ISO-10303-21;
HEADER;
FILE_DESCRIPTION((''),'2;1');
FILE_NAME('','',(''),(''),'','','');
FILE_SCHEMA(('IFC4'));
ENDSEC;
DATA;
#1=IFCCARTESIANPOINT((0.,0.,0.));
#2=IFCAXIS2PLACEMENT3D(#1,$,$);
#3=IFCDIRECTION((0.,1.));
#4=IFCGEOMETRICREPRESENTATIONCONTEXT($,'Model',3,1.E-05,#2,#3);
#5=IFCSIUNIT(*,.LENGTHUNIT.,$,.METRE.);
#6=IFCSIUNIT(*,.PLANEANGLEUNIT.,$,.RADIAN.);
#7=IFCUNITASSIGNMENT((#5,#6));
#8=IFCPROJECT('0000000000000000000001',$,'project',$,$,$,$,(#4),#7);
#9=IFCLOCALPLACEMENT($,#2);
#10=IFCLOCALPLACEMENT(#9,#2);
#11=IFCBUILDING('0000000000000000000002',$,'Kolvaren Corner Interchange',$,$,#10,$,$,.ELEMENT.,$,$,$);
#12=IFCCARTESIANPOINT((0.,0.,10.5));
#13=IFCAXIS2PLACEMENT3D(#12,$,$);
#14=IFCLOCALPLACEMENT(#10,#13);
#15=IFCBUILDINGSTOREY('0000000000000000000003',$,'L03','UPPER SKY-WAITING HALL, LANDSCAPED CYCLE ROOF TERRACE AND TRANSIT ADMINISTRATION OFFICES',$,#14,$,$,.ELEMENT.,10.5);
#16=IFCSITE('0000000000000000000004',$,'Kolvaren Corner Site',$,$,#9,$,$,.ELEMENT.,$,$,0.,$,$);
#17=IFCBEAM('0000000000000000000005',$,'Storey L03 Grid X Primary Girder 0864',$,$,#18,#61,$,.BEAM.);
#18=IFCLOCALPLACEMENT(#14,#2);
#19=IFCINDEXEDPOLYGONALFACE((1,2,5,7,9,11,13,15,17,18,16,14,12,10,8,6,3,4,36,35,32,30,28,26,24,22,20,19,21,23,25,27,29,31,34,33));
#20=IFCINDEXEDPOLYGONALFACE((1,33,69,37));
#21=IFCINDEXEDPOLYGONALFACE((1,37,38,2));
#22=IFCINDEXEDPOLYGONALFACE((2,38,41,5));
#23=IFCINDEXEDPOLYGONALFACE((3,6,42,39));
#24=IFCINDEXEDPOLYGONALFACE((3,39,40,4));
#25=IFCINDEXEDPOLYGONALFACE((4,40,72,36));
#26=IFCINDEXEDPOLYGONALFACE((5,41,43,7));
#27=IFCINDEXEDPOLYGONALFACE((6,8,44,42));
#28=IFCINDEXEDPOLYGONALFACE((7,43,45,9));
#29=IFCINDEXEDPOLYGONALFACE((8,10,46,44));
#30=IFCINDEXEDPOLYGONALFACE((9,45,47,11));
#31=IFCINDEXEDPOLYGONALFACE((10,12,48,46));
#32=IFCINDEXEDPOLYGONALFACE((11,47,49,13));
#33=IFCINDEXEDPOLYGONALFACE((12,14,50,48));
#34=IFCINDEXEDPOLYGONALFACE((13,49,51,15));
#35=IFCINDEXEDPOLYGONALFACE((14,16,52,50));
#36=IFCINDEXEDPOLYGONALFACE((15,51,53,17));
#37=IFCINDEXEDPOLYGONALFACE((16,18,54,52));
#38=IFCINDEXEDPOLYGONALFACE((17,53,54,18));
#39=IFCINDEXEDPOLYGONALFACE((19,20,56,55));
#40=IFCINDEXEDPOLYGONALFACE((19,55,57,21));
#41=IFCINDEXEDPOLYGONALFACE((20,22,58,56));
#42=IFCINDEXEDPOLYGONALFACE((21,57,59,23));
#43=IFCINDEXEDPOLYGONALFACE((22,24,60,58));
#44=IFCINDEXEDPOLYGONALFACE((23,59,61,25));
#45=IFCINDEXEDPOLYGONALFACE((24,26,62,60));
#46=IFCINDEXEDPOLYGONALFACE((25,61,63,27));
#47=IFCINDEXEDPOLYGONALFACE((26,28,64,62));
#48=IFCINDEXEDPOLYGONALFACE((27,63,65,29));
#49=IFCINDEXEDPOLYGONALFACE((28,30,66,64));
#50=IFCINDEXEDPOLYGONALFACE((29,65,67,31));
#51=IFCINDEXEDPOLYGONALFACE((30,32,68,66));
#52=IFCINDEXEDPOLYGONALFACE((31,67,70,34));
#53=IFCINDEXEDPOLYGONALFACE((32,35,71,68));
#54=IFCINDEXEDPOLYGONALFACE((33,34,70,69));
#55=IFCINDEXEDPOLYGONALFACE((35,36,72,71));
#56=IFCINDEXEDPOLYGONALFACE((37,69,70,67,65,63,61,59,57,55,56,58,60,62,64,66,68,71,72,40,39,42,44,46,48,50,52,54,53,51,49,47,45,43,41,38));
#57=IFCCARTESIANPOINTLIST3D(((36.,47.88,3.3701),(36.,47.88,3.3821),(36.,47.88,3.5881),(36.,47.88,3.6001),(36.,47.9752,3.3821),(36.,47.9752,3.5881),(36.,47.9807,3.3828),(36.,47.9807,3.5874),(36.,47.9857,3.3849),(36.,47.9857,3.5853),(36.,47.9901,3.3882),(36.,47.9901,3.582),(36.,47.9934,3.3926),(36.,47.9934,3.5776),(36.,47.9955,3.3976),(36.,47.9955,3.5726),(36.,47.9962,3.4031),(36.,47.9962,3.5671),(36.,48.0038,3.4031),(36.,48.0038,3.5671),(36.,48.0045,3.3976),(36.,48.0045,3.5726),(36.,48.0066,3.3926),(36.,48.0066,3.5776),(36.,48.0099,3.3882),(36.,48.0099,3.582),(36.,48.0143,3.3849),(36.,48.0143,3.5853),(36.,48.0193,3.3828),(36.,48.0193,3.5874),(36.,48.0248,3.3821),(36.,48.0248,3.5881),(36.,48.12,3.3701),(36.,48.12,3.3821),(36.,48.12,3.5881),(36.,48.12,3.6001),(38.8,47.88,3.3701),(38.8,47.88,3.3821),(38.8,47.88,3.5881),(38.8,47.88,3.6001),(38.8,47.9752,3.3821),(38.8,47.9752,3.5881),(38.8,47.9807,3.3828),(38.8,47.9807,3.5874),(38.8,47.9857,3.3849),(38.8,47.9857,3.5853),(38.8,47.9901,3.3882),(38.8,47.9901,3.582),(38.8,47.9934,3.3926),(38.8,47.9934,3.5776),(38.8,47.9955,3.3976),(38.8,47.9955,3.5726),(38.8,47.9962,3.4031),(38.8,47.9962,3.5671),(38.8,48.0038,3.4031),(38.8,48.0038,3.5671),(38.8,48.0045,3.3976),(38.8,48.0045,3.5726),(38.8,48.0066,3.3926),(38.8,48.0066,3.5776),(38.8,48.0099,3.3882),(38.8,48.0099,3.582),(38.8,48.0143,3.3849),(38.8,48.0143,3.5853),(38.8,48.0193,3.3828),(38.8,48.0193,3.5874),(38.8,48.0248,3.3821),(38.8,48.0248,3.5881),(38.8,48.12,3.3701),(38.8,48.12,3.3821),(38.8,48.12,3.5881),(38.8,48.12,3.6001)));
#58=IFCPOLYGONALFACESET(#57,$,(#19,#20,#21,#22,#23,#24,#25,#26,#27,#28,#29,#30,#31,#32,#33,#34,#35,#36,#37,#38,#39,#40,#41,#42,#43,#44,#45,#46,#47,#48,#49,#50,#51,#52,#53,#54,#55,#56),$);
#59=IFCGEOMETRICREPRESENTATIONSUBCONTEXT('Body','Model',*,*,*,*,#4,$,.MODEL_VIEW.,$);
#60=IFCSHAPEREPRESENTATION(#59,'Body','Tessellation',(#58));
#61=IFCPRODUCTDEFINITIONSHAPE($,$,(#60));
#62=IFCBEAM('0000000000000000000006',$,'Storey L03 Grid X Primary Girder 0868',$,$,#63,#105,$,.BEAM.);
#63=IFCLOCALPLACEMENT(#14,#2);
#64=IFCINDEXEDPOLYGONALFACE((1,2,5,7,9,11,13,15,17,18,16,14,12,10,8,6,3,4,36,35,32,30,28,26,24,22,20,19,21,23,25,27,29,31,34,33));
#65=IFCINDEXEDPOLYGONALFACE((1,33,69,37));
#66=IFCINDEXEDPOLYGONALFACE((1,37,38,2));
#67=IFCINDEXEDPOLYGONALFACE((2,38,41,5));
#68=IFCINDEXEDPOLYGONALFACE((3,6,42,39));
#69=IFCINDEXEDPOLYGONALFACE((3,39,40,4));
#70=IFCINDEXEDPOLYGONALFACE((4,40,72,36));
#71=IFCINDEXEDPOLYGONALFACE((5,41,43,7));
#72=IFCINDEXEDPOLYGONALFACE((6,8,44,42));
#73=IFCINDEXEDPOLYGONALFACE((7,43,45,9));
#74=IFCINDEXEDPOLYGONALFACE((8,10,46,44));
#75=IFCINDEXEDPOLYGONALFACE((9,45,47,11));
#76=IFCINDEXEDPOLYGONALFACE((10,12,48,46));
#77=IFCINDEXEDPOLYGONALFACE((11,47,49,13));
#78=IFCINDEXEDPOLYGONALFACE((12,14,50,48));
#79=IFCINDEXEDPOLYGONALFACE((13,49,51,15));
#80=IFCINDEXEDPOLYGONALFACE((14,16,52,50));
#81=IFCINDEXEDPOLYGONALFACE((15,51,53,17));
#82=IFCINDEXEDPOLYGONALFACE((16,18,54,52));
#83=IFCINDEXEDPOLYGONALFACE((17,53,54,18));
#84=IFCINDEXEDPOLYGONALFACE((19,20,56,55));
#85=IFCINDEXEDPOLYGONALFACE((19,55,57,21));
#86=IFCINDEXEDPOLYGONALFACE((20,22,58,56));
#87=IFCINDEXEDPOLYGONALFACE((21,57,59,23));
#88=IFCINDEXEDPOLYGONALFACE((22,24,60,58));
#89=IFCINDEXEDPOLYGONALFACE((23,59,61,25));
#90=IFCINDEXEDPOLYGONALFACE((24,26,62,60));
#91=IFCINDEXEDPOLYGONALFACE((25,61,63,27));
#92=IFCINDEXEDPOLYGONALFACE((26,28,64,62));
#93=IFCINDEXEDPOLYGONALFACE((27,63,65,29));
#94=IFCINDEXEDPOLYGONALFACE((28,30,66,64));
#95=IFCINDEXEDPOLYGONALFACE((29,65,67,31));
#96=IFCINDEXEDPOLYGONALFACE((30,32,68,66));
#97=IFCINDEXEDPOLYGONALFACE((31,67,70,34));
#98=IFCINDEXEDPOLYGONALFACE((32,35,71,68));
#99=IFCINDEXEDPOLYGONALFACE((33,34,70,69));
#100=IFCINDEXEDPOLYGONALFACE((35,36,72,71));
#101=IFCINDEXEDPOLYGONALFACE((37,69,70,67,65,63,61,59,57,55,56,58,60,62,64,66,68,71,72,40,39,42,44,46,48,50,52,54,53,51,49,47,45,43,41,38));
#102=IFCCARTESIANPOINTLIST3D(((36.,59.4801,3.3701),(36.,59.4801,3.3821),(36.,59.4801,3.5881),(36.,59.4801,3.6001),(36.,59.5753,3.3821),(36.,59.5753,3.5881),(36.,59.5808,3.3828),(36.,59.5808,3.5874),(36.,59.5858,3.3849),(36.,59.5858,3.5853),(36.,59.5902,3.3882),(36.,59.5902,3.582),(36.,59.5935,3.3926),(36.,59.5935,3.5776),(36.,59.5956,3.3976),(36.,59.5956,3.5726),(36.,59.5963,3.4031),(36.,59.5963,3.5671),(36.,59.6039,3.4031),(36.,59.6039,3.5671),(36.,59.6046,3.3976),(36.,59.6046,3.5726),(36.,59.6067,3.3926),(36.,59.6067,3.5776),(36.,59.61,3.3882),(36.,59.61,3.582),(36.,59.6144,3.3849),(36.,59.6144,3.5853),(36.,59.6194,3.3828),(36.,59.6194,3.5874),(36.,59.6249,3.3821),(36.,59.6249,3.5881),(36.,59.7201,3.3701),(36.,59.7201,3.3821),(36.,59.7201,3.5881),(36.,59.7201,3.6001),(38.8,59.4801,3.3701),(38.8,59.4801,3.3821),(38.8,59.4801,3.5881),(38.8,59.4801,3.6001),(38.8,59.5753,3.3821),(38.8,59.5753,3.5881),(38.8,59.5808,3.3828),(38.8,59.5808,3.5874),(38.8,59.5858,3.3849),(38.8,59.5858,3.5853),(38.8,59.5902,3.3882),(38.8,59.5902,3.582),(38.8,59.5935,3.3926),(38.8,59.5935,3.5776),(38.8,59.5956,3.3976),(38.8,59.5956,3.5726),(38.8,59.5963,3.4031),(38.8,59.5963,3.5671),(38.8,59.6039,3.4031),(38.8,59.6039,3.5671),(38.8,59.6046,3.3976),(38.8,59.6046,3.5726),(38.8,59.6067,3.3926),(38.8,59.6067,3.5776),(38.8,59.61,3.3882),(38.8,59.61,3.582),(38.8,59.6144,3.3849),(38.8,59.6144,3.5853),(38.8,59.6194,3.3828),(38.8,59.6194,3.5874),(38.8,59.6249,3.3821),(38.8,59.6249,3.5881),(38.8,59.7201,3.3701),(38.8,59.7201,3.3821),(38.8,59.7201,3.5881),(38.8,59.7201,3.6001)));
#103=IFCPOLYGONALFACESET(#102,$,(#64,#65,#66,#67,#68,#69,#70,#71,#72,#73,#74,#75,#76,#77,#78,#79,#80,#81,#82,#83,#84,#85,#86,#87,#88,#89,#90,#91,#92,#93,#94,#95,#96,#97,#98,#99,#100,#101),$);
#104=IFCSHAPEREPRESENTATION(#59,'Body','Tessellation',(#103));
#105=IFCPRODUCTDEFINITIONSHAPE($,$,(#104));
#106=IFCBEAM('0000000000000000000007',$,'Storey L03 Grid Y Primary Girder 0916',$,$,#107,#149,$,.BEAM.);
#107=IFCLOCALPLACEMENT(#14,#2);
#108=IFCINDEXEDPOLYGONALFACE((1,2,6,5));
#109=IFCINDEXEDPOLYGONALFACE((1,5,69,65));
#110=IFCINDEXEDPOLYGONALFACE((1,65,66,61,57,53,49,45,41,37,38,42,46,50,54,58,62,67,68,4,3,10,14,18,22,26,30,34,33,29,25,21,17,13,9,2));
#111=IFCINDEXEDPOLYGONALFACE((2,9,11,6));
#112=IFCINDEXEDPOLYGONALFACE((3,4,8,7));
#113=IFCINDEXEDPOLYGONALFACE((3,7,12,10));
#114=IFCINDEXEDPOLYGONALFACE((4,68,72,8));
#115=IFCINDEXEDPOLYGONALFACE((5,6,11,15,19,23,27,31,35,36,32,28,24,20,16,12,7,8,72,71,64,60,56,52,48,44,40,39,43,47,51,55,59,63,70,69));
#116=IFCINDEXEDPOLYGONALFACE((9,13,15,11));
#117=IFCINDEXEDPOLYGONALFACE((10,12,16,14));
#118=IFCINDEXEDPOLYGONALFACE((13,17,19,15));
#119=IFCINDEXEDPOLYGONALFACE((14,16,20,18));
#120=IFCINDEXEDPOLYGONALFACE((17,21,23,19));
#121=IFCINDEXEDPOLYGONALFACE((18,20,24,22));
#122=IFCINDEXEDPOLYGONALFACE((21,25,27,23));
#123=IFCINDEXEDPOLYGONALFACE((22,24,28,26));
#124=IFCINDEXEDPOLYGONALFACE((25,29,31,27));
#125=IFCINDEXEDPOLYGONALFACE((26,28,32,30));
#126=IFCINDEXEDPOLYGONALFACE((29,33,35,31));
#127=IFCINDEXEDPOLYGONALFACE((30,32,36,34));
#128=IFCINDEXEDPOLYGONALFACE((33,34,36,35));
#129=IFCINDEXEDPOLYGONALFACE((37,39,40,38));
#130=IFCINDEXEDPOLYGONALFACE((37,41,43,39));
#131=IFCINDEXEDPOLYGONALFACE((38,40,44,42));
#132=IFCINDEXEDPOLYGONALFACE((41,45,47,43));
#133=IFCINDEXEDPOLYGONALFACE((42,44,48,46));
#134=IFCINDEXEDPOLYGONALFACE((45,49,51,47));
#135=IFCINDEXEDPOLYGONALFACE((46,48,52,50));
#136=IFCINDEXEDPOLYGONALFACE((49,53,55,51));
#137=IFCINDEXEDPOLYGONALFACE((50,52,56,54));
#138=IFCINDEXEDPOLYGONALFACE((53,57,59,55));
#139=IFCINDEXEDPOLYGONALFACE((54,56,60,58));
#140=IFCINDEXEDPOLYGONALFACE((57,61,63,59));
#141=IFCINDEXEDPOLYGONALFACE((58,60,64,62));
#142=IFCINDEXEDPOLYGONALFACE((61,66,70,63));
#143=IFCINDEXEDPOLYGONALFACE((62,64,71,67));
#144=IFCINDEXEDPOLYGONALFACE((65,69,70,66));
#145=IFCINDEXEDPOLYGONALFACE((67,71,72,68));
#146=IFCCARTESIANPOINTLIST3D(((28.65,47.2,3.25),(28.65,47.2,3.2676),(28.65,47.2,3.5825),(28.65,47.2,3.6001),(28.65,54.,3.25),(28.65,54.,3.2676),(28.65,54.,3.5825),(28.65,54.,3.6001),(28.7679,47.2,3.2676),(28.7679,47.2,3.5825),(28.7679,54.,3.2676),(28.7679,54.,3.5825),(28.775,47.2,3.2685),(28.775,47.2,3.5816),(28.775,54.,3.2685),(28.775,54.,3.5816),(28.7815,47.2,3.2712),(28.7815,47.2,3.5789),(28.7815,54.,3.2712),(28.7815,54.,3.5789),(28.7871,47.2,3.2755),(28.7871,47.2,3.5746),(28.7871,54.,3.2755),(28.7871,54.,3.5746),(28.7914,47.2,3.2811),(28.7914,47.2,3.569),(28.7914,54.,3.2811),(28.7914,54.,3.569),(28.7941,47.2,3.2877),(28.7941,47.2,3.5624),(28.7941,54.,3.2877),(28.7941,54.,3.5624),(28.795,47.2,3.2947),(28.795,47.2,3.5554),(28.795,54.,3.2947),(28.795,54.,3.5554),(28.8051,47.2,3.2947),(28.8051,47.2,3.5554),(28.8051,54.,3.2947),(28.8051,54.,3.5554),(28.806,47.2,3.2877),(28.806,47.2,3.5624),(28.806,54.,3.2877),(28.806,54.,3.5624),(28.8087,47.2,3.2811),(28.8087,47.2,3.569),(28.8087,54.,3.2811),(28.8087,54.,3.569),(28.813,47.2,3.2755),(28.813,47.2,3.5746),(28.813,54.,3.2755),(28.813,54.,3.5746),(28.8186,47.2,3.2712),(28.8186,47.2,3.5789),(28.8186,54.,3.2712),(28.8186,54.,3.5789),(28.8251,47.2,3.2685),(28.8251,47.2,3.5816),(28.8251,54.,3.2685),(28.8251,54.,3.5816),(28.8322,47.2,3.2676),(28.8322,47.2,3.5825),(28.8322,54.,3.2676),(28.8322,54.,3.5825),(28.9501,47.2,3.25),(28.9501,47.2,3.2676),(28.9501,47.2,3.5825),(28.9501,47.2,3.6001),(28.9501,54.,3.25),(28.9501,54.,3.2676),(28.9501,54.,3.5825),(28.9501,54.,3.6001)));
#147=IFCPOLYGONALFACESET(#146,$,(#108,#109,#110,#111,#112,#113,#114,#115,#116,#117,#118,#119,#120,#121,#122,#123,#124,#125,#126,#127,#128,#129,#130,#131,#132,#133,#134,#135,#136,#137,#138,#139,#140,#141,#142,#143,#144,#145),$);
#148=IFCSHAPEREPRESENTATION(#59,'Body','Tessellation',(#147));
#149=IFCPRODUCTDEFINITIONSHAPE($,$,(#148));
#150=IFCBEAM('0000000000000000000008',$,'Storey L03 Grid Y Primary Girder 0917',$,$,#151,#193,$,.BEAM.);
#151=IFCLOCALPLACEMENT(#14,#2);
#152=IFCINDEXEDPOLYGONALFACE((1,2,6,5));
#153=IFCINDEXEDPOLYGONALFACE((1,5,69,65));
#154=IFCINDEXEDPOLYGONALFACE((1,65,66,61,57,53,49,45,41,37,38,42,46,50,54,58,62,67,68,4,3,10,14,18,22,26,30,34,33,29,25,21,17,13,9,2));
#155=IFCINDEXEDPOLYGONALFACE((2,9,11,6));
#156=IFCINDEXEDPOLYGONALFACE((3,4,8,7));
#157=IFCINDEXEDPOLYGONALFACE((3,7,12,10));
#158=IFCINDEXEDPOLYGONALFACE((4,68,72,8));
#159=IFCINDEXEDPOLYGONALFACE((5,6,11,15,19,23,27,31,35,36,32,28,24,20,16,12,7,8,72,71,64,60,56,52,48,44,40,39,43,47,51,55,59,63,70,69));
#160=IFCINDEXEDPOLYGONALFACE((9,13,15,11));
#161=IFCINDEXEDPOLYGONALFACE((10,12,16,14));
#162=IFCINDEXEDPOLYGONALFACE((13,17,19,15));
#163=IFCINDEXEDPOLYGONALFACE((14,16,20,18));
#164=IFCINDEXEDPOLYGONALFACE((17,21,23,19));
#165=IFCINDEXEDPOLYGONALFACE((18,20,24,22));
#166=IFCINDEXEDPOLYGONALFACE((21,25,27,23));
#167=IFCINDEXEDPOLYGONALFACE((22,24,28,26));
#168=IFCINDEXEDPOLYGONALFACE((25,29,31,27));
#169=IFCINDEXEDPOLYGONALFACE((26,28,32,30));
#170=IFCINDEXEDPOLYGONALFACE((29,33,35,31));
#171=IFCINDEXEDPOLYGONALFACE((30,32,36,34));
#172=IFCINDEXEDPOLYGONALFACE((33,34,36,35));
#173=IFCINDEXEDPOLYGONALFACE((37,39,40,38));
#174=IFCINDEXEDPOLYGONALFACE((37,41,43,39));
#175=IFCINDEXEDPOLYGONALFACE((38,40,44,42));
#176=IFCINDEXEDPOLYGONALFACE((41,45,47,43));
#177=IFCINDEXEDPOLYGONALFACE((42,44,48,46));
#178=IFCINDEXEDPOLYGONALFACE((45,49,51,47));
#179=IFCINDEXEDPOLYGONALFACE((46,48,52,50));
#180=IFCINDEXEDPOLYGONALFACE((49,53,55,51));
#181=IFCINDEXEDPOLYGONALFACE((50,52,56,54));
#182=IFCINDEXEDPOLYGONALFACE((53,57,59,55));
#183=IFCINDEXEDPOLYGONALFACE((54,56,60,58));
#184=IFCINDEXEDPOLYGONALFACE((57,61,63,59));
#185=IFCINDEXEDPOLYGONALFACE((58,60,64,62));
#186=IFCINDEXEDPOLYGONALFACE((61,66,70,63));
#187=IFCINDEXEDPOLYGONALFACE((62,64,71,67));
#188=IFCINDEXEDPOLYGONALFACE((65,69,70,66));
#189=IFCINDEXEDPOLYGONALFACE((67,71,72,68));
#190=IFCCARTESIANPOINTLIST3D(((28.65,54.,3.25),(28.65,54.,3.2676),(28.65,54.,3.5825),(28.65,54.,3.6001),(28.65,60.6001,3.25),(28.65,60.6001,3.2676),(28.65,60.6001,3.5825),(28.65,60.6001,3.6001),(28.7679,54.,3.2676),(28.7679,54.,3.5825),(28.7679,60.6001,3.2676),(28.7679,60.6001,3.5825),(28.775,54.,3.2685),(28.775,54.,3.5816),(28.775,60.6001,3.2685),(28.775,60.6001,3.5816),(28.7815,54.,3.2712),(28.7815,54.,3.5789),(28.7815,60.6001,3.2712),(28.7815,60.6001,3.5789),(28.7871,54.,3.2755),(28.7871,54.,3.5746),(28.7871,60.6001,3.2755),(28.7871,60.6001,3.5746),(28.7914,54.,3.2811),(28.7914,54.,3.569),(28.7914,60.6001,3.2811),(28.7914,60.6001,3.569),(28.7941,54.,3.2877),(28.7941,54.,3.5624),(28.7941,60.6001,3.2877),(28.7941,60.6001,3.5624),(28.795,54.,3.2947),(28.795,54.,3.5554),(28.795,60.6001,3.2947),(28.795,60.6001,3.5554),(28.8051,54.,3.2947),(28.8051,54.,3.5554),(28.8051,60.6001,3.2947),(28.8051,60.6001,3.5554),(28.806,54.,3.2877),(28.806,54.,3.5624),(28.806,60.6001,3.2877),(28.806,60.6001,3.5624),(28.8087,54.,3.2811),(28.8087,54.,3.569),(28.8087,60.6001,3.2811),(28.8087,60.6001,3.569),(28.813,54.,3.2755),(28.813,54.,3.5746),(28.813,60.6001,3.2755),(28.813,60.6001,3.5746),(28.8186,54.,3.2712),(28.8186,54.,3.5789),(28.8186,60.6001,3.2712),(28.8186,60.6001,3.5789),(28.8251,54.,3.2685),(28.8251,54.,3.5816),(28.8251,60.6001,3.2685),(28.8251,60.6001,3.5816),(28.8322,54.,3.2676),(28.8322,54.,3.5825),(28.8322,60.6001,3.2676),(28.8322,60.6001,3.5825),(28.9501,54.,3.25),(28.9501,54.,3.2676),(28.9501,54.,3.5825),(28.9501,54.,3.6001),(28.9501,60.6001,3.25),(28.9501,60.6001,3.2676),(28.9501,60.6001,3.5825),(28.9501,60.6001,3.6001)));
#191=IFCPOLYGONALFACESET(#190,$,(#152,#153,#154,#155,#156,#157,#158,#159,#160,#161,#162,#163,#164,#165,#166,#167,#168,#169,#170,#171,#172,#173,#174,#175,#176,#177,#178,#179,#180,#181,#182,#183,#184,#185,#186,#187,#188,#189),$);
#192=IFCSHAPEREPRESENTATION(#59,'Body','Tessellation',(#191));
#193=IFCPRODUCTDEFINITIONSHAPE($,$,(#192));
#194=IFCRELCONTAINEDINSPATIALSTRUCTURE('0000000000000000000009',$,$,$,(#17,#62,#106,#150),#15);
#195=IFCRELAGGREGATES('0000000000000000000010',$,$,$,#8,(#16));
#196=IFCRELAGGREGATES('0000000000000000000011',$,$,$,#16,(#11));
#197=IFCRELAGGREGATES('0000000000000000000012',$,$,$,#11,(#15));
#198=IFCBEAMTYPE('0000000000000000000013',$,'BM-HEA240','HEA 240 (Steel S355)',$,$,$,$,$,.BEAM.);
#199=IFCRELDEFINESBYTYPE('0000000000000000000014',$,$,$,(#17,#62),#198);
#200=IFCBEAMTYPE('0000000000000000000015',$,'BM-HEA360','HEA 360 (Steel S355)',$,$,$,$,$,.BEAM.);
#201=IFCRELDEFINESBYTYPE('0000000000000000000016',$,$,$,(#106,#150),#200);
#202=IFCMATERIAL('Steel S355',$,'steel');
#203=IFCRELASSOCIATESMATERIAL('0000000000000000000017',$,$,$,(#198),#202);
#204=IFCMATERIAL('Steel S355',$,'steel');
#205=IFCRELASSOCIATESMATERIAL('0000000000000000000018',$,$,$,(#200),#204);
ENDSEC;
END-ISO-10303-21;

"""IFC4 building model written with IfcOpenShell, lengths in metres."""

from ifc_helpers import new_model, si_unit, direction, frame, origin, origin_2d, place, context, subcontext, project, spatial, i_section, extrude, material, material_profile, profile_set, type_object, element, save


model = new_model("IFC4")

# Units and contexts
model_context = context("Model", 3, precision=1e-05, world=origin(), true_north=direction((0.0, 1.0)))
body_context = subcontext(model_context, "Body", "Model", "MODEL_VIEW")
ifc_project = project(units=[si_unit("LENGTHUNIT", "METRE"), si_unit("PLANEANGLEUNIT", "RADIAN")], contexts=[model_context])

# Site, building, storey
site_placement = place(None, origin())
site = spatial("IfcSite", under=ifc_project, at=site_placement, Name="Kolvaren Corner Site", CompositionType="ELEMENT", RefElevation=0.0)
building_placement = place(site_placement, origin())
building = spatial("IfcBuilding", under=site, at=building_placement, Name="Kolvaren Corner Interchange", CompositionType="ELEMENT")
storey_placement = place(building_placement, frame((0.0, 0.0, 10.5)))
storey = spatial("IfcBuildingStorey", under=building, at=storey_placement, Name="L03", Description="UPPER SKY-WAITING HALL, LANDSCAPED CYCLE ROOF TERRACE AND TRANSIT ADMINISTRATION OFFICES", CompositionType="ELEMENT", Elevation=10.5)

# Beams
ifc_material_1 = material(Name="Steel S355", Category="steel")
ifc_material_profile_1 = material_profile(ifc_material_1, i_section(OverallWidth=0.24, OverallDepth=0.23, WebThickness=0.0076, FlangeThickness=0.012, FilletRadius=0.021, at=origin_2d()), Name="HEA 240")
ifc_profile_set_1 = profile_set([ifc_material_profile_1], Name="Steel S355")
beam_type_1 = type_object("IfcBeamType", Name="BM-HEA240", Description="HEA 240 (Steel S355)", PredefinedType="BEAM", material=ifc_profile_set_1)
for number, where, z_axis, x_axis, name in (
    (1, (36.0, 48.0, 3.4851), (1.0, 0.0, 0.0), (0.0, 1.0, 0.0), "Storey L03 Grid X Primary Girder 0864"),
    (2, (36.0, 59.6001, 3.4851), (1.0, 0.0, 0.0), (0.0, 1.0, 0.0), "Storey L03 Grid X Primary Girder 0868"),
):
    element("IfcBeam", number, at=place(storey_placement, frame(where, z_axis=z_axis, x_axis=x_axis)), inside=storey, type_object=beam_type_1, Name=name, PredefinedType="BEAM", context=body_context, shape_type="SweptSolid", body=[
        extrude(i_section(OverallWidth=0.24, OverallDepth=0.23, WebThickness=0.0076, FlangeThickness=0.012, FilletRadius=0.021, at=origin_2d()), origin(), (0.0, 0.0, 1.0), 2.8),
    ])
ifc_material_2 = material(Name="Steel S355", Category="steel")
ifc_material_profile_2 = material_profile(ifc_material_2, i_section(OverallWidth=0.3, OverallDepth=0.3501, WebThickness=0.01, FlangeThickness=0.0176, FilletRadius=0.0271, at=origin_2d()), Name="HEA 360")
ifc_profile_set_2 = profile_set([ifc_material_profile_2], Name="Steel S355")
beam_type_2 = type_object("IfcBeamType", Name="BM-HEA360", Description="HEA 360 (Steel S355)", PredefinedType="BEAM", material=ifc_profile_set_2)
beam_1_placement = place(storey_placement, frame((28.8, 47.2, 3.425), z_axis=(0.0, 1.0, 0.0), x_axis=(-1.0, 0.0, 0.0)))
element("IfcBeam", 3, at=beam_1_placement, inside=storey, type_object=beam_type_2, Name="Storey L03 Grid Y Primary Girder 0916", PredefinedType="BEAM", context=body_context, shape_type="SweptSolid", body=[
    extrude(i_section(OverallWidth=0.3, OverallDepth=0.3501, WebThickness=0.01, FlangeThickness=0.0176, FilletRadius=0.0271, at=origin_2d()), origin(), (0.0, 0.0, 1.0), 6.8),
])
beam_2_placement = place(storey_placement, frame((28.8, 54.0, 3.425), z_axis=(0.0, 1.0, 0.0), x_axis=(-1.0, 0.0, 0.0)))
element("IfcBeam", 4, at=beam_2_placement, inside=storey, type_object=beam_type_2, Name="Storey L03 Grid Y Primary Girder 0917", PredefinedType="BEAM", context=body_context, shape_type="SweptSolid", body=[
    extrude(i_section(OverallWidth=0.3, OverallDepth=0.3501, WebThickness=0.01, FlangeThickness=0.0176, FilletRadius=0.0271, at=origin_2d()), origin(), (0.0, 0.0, 1.0), 6.6001),
])

save(model, "model.ifc")
